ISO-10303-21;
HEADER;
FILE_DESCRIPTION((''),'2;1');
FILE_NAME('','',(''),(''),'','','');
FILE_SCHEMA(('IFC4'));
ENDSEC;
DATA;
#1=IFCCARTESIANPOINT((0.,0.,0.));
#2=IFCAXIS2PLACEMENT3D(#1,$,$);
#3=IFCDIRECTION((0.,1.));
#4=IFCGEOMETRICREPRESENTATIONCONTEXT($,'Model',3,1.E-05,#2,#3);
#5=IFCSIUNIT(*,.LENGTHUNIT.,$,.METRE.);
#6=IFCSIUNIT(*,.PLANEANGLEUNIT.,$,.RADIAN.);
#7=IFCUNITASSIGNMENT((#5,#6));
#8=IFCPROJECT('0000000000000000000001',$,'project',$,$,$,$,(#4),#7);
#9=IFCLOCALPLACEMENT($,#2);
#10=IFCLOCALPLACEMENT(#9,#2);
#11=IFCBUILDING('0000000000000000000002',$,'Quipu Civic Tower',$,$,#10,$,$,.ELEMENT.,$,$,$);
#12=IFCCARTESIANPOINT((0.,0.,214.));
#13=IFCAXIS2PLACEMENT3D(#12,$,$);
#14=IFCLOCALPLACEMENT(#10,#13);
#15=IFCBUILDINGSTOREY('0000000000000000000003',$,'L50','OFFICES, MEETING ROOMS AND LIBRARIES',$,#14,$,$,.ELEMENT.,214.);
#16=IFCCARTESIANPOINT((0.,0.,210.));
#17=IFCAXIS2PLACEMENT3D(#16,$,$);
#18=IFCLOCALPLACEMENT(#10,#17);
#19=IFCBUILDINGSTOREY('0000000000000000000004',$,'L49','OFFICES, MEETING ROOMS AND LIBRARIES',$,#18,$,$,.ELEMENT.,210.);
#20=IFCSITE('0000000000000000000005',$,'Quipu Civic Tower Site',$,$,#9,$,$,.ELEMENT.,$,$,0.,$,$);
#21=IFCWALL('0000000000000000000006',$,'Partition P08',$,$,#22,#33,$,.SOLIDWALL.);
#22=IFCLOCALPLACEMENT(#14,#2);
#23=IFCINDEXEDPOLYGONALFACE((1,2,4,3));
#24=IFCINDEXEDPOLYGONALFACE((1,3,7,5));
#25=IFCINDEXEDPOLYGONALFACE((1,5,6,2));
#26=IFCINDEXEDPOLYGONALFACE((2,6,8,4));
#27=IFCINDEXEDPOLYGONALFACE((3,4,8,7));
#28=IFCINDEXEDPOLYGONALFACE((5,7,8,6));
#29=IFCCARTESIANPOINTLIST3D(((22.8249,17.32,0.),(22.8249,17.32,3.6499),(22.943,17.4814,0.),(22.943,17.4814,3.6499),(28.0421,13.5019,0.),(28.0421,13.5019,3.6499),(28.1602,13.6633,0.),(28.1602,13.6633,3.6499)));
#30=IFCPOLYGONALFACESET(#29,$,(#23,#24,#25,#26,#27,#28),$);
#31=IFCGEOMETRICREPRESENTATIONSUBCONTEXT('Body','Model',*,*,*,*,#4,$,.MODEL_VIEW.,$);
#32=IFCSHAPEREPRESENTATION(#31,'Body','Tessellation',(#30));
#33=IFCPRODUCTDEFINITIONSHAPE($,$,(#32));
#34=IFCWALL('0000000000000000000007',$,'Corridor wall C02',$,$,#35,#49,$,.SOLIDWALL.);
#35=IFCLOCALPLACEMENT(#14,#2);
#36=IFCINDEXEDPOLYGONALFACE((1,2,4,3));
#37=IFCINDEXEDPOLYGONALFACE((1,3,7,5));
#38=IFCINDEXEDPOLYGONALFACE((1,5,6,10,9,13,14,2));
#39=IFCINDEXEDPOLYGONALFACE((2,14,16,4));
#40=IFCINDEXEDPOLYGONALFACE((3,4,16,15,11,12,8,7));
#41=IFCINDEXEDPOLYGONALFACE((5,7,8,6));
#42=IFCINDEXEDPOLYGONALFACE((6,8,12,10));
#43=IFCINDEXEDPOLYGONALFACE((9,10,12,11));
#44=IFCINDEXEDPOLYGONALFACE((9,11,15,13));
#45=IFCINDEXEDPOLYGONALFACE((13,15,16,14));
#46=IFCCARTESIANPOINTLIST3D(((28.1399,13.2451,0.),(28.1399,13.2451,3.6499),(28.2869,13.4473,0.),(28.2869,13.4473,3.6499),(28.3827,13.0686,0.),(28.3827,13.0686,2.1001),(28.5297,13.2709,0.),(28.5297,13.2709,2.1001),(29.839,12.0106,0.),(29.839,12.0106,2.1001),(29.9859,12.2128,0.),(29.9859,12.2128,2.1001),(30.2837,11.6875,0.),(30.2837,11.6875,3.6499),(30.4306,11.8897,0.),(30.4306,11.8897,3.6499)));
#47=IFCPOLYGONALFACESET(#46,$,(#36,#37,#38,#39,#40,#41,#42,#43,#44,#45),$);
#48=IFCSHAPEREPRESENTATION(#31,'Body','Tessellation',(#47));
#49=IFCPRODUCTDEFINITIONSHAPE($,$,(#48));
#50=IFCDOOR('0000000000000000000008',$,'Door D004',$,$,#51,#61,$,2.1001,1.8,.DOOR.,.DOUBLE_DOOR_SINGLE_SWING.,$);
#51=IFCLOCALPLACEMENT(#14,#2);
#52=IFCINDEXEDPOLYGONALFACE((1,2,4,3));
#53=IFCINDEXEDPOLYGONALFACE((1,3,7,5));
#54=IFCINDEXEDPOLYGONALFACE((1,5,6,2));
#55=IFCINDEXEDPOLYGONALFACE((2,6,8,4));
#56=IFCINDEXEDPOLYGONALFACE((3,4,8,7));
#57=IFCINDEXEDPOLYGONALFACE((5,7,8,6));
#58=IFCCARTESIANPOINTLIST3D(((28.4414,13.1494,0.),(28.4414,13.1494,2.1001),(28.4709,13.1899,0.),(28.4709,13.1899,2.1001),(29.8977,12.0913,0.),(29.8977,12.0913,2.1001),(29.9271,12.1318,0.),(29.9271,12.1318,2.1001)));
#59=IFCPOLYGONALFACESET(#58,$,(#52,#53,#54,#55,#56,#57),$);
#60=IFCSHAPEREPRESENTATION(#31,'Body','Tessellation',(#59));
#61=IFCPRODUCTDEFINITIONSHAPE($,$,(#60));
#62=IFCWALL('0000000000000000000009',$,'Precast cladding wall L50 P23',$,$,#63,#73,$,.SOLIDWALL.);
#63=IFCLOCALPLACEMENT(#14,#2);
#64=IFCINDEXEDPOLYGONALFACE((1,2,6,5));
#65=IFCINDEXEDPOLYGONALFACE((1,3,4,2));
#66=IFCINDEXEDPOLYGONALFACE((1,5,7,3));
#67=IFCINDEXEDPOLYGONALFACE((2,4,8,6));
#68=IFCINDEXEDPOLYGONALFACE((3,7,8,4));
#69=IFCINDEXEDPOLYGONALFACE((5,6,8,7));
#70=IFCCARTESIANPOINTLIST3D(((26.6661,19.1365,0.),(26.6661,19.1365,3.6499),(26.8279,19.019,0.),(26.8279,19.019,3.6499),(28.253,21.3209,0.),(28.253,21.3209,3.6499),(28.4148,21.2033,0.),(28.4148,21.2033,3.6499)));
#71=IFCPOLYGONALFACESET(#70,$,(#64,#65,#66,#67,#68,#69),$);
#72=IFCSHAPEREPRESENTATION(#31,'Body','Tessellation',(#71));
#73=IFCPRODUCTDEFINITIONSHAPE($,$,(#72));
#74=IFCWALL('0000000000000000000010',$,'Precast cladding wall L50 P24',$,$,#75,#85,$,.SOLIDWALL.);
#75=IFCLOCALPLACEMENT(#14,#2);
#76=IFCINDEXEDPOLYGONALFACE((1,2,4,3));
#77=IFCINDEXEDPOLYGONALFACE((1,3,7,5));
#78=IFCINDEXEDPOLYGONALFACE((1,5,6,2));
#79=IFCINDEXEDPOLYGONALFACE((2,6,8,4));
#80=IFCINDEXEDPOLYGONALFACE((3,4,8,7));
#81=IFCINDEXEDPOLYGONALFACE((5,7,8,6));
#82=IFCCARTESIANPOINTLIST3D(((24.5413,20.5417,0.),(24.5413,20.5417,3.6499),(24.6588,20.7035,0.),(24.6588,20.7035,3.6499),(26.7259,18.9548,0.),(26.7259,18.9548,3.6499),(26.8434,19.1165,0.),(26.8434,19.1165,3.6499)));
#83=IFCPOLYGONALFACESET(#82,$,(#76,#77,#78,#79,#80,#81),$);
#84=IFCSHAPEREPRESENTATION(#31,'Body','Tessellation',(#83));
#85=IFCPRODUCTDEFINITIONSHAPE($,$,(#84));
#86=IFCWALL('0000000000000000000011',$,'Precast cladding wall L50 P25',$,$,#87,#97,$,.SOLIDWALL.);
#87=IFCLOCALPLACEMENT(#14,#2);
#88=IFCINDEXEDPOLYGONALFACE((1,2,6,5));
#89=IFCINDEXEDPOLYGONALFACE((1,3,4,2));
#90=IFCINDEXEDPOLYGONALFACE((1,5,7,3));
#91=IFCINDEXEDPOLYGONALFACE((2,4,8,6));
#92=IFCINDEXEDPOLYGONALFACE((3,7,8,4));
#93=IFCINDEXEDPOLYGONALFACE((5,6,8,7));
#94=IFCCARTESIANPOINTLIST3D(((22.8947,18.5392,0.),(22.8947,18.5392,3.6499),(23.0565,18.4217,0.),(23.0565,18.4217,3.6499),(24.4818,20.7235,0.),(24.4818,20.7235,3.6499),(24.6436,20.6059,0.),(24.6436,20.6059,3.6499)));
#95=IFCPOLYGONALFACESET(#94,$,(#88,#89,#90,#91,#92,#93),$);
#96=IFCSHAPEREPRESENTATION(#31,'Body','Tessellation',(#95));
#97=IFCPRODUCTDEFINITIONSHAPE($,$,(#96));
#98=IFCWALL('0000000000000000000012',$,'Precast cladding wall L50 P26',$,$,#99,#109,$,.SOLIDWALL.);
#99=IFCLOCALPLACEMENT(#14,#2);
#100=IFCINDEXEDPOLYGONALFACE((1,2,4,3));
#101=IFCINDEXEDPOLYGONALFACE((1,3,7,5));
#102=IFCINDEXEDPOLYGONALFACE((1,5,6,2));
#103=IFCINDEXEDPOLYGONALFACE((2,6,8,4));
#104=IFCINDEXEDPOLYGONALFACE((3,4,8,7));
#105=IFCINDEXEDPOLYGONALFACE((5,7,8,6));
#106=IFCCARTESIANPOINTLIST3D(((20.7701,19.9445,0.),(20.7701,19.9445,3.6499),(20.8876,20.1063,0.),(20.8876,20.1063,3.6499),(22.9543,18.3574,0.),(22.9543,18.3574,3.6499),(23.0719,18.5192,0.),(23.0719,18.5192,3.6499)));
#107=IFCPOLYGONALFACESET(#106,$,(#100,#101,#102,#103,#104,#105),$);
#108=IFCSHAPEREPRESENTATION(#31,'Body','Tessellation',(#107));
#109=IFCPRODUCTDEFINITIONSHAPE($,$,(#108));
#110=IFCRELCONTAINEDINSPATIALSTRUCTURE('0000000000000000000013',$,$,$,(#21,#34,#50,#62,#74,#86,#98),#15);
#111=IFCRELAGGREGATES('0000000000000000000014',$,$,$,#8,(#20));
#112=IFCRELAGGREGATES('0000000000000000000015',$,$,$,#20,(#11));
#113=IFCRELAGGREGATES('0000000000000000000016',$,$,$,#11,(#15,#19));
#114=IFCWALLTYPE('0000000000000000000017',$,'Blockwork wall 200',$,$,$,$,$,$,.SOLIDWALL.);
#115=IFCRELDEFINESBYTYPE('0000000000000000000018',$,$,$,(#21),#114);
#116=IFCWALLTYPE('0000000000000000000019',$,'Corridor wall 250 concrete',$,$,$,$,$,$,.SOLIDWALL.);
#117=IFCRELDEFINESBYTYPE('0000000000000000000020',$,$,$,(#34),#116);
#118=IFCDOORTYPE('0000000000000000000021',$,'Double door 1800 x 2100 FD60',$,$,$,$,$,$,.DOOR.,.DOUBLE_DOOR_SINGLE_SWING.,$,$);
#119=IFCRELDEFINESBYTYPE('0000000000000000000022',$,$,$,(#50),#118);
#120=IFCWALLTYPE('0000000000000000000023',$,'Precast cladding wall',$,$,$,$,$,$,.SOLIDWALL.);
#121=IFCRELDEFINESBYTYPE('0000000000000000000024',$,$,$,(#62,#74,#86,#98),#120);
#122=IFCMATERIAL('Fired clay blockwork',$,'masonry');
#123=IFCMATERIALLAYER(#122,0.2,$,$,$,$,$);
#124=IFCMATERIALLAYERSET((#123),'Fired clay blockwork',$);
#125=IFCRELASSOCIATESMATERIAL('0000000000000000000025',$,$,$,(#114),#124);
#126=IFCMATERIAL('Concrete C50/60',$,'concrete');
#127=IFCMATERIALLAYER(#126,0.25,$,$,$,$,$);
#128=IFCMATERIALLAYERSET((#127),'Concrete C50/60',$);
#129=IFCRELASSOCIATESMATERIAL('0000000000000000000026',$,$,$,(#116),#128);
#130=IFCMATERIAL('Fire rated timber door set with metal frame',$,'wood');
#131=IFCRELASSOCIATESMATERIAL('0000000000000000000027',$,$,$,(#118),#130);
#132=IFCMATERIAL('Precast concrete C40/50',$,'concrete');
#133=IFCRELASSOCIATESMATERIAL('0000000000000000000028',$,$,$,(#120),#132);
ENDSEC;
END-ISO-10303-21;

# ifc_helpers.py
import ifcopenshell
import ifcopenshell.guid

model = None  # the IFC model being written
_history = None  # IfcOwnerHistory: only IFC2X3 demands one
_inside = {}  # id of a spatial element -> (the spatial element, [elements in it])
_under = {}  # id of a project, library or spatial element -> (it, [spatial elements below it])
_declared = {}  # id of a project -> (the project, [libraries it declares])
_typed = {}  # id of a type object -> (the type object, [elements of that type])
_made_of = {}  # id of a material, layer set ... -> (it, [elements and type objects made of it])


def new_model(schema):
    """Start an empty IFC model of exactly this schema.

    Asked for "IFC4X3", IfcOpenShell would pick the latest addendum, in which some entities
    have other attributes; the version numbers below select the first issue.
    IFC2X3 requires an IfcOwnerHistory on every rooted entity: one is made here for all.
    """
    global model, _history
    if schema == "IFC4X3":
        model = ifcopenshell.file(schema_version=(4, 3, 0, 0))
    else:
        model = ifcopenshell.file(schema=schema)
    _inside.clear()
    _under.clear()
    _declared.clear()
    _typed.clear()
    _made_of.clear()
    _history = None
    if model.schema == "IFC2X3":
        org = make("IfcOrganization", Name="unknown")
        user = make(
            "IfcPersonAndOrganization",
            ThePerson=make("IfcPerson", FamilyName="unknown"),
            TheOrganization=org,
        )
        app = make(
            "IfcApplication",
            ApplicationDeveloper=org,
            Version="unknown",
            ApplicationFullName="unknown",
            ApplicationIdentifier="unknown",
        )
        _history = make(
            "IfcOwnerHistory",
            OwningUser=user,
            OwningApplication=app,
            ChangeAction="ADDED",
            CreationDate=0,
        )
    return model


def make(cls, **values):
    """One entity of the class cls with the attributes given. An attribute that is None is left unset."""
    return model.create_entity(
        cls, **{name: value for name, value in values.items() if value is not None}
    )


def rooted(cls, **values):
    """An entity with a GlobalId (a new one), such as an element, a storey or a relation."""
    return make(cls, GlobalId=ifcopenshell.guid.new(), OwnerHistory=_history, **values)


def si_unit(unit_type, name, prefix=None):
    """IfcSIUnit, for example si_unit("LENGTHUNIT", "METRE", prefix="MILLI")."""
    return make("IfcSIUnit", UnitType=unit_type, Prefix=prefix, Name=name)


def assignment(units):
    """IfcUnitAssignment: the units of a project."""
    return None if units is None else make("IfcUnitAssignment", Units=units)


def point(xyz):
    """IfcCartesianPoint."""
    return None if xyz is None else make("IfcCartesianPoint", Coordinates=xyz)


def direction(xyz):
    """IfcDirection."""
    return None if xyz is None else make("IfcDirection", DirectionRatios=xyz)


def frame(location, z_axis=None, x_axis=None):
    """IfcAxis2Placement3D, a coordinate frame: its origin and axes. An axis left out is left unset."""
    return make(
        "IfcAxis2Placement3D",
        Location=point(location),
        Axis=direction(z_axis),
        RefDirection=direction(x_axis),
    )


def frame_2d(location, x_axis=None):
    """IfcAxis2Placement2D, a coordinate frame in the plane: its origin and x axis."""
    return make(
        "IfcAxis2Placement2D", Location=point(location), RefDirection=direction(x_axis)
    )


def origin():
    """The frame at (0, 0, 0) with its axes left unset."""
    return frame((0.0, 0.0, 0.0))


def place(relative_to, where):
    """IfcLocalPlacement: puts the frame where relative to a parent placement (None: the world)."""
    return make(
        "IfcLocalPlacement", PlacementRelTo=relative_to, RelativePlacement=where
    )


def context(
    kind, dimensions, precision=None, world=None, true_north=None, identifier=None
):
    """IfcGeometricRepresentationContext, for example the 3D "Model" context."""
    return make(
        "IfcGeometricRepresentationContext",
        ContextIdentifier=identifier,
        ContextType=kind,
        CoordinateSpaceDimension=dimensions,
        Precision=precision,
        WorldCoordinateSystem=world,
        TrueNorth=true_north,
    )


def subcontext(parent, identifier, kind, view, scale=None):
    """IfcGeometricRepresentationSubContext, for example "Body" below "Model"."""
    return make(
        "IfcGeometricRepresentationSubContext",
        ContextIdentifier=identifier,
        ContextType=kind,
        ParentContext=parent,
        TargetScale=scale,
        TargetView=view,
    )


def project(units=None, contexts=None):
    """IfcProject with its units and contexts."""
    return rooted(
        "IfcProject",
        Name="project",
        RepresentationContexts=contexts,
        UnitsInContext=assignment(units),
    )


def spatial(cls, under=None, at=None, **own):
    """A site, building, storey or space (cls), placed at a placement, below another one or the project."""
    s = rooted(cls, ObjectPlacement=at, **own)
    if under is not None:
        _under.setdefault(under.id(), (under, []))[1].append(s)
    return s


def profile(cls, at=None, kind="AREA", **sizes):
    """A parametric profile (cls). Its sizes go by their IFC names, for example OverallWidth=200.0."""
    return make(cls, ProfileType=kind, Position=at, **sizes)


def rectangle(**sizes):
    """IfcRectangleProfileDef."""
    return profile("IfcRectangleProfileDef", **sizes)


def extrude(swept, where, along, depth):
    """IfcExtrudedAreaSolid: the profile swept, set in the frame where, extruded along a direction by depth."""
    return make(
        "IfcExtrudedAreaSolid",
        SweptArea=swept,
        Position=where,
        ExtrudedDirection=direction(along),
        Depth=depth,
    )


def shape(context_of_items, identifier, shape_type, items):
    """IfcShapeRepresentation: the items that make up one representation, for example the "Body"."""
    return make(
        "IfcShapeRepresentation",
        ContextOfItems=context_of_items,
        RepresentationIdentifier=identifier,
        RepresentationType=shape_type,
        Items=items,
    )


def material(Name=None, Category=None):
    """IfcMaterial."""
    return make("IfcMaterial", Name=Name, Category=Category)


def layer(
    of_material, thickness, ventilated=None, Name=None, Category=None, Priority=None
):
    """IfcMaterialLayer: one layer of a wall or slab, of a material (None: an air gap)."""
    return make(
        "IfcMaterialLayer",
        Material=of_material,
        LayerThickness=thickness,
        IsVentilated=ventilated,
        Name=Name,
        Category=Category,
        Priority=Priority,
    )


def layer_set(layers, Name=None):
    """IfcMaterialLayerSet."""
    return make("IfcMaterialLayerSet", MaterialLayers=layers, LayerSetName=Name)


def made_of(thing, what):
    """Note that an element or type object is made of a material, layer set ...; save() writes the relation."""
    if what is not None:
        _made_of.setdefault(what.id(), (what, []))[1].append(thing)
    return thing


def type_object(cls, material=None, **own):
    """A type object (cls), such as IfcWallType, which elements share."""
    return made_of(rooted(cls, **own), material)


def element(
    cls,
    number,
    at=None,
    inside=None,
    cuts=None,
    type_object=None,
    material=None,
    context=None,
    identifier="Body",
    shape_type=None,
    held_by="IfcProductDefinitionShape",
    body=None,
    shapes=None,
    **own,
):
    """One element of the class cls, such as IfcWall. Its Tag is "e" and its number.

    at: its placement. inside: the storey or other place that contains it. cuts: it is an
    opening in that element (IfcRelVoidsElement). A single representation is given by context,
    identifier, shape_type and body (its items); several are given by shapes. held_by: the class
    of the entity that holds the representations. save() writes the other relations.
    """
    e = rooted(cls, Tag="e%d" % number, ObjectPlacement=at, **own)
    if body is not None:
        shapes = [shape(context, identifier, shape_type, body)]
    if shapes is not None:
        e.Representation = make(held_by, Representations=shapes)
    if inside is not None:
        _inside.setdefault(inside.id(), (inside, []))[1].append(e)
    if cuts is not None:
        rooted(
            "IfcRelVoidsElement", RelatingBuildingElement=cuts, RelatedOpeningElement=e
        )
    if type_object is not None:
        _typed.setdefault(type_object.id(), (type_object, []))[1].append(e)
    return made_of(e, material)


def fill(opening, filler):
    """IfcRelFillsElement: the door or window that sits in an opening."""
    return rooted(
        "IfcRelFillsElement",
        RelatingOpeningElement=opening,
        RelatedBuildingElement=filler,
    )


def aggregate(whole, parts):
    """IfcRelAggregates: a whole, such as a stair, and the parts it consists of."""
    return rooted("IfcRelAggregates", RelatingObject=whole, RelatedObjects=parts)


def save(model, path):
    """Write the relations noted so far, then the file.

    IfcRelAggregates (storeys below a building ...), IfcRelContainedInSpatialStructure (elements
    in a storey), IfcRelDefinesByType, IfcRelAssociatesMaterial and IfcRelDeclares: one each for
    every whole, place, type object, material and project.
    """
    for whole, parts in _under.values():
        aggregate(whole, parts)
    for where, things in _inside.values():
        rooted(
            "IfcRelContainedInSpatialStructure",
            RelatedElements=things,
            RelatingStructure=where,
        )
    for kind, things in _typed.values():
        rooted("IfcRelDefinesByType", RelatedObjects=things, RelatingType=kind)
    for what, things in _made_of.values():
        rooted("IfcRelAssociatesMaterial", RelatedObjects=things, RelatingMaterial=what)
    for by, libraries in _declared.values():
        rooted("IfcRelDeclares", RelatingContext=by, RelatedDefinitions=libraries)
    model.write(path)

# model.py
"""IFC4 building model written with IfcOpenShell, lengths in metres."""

from ifc_helpers import new_model, si_unit, direction, frame, frame_2d, origin, place, context, subcontext, project, spatial, rectangle, extrude, material, layer, layer_set, type_object, element, fill, save


model = new_model("IFC4")

# Units and contexts
model_context = context("Model", 3, precision=1e-05, world=origin(), true_north=direction((0.0, 1.0)))
body_context = subcontext(model_context, "Body", "Model", "MODEL_VIEW")
ifc_project = project(units=[si_unit("LENGTHUNIT", "METRE"), si_unit("PLANEANGLEUNIT", "RADIAN")], contexts=[model_context])

# Site, building, storey
site_placement = place(None, origin())
site = spatial("IfcSite", under=ifc_project, at=site_placement, Name="Quipu Civic Tower Site", CompositionType="ELEMENT", RefElevation=0.0)
building_placement = place(site_placement, origin())
building = spatial("IfcBuilding", under=site, at=building_placement, Name="Quipu Civic Tower", CompositionType="ELEMENT")
storey_1_placement = place(building_placement, frame((0.0, 0.0, 214.0)))
storey_1 = spatial("IfcBuildingStorey", under=building, at=storey_1_placement, Name="L50", Description="OFFICES, MEETING ROOMS AND LIBRARIES", CompositionType="ELEMENT", Elevation=214.0)

# Shared definitions
storey_2_placement = place(building_placement, frame((0.0, 0.0, 210.0)))
storey_2 = spatial("IfcBuildingStorey", under=building, at=storey_2_placement, Name="L49", Description="OFFICES, MEETING ROOMS AND LIBRARIES", CompositionType="ELEMENT", Elevation=210.0)

# Wall
ifc_material_1 = material(Name="Fired clay blockwork", Category="masonry")
ifc_layer_1 = layer(ifc_material_1, 0.2)
ifc_layer_set_1 = layer_set([ifc_layer_1], Name="Fired clay blockwork")
wall_type_1 = type_object("IfcWallType", Name="Blockwork wall 200", PredefinedType="SOLIDWALL", material=ifc_layer_set_1)
wall_1_placement = place(storey_1_placement, frame((22.884, 17.4006, 0.0), z_axis=(0.0, 0.0, 1.0), x_axis=(0.806987, -0.590569, 0.0)))
element("IfcWall", 1, at=wall_1_placement, inside=storey_1, type_object=wall_type_1, Name="Partition P08", PredefinedType="SOLIDWALL", context=body_context, shape_type="SweptSolid", body=[
    extrude(rectangle(XDim=6.4651, YDim=0.2, at=frame_2d((3.2324, 0.0))), origin(), (0.0, 0.0, 1.0), 3.6499),
])

# Wall, opening, door
ifc_material_2 = material(Name="Concrete C50/60", Category="concrete")
ifc_layer_2 = layer(ifc_material_2, 0.25)
ifc_layer_set_2 = layer_set([ifc_layer_2], Name="Concrete C50/60")
wall_type_2 = type_object("IfcWallType", Name="Corridor wall 250 concrete", PredefinedType="SOLIDWALL", material=ifc_layer_set_2)
wall_2_placement = place(storey_1_placement, frame((28.2134, 13.3462, 0.0), z_axis=(0.0, 0.0, 1.0), x_axis=(0.809007, -0.587799, 0.0)))
wall_2 = element("IfcWall", 2, at=wall_2_placement, inside=storey_1, type_object=wall_type_2, Name="Corridor wall C02", PredefinedType="SOLIDWALL", context=body_context, shape_type="SweptSolid", body=[
    extrude(rectangle(XDim=2.6499, YDim=0.25, at=frame_2d((1.325, 0.0))), origin(), (0.0, 0.0, 1.0), 3.6499),
])
opening_placement = place(wall_2_placement, frame((0.3003, 0.0, 0.0)))
opening = element("IfcOpeningElement", 3, at=opening_placement, cuts=wall_2, PredefinedType="OPENING", context=body_context, shape_type="SweptSolid", body=[
    extrude(rectangle(XDim=1.8, YDim=2.1001, at=frame_2d((0.8999, 1.05))), frame((0.0, 0.135, 0.0), z_axis=(0.0, -1.0, 0.0), x_axis=(1.0, 0.0, 0.0)), (0.0, 0.0, 1.0), 0.27),
])
ifc_material_3 = material(Name="Fire rated timber door set with metal frame", Category="wood")
door_type = type_object("IfcDoorType", Name="Double door 1800 x 2100 FD60", OperationType="DOUBLE_DOOR_SINGLE_SWING", PredefinedType="DOOR", material=ifc_material_3)
door_placement = place(opening_placement, origin())
door = element("IfcDoor", 4, at=door_placement, inside=storey_1, type_object=door_type, Name="Door D004", OperationType="DOUBLE_DOOR_SINGLE_SWING", OverallHeight=2.1001, OverallWidth=1.8, PredefinedType="DOOR", context=body_context, shape_type="SweptSolid", body=[
    extrude(rectangle(XDim=1.8, YDim=2.1001, at=frame_2d((0.8999, 1.05))), frame((0.0, 0.0249, 0.0), z_axis=(0.0, -1.0, 0.0), x_axis=(1.0, 0.0, 0.0)), (0.0, 0.0, 1.0), 0.05),
])
fill(opening, door)

# Walls
ifc_material_4 = material(Name="Precast concrete C40/50", Category="concrete")
wall_type_3 = type_object("IfcWallType", Name="Precast cladding wall", PredefinedType="SOLIDWALL", material=ifc_material_4)
wall_3_placement = place(storey_1_placement, frame((28.334, 21.2622, 0.0), z_axis=(0.0, 0.0, 1.0), x_axis=(-0.587763, -0.809033, 0.0)))
element("IfcWall", 5, at=wall_3_placement, inside=storey_1, type_object=wall_type_3, Name="Precast cladding wall L50 P23", PredefinedType="SOLIDWALL", context=body_context, shape_type="SweptSolid", body=[
    extrude(rectangle(XDim=2.7, YDim=0.2, at=frame_2d((1.3501, 0.0))), origin(), (0.0, 0.0, 1.0), 3.6499),
])
wall_4_placement = place(storey_1_placement, frame((26.7847, 19.0356, 0.0), z_axis=(0.0, 0.0, 1.0), x_axis=(-0.809064, 0.58772, 0.0)))
element("IfcWall", 6, at=wall_4_placement, inside=storey_1, type_object=wall_type_3, Name="Precast cladding wall L50 P24", PredefinedType="SOLIDWALL", context=body_context, shape_type="SweptSolid", body=[
    extrude(rectangle(XDim=2.7002, YDim=0.2, at=frame_2d((1.3501, 0.0))), origin(), (0.0, 0.0, 1.0), 3.6499),
])
for number, where, z_axis, x_axis, name in (
    (7, (24.5627, 20.6648, 0.0), (0.0, 0.0, 1.0), (-0.587822, -0.80899, 0.0), "Precast cladding wall L50 P25"),
    (8, (23.0132, 18.4382, 0.0), (0.0, 0.0, 1.0), (-0.80899, 0.587822, 0.0), "Precast cladding wall L50 P26"),
):
    element("IfcWall", number, at=place(storey_1_placement, frame(where, z_axis=z_axis, x_axis=x_axis)), inside=storey_1, type_object=wall_type_3, Name=name, PredefinedType="SOLIDWALL", context=body_context, shape_type="SweptSolid", body=[
        extrude(rectangle(XDim=2.7, YDim=0.2, at=frame_2d((1.3501, 0.0))), origin(), (0.0, 0.0, 1.0), 3.6499),
    ])

save(model, "model.ifc")
